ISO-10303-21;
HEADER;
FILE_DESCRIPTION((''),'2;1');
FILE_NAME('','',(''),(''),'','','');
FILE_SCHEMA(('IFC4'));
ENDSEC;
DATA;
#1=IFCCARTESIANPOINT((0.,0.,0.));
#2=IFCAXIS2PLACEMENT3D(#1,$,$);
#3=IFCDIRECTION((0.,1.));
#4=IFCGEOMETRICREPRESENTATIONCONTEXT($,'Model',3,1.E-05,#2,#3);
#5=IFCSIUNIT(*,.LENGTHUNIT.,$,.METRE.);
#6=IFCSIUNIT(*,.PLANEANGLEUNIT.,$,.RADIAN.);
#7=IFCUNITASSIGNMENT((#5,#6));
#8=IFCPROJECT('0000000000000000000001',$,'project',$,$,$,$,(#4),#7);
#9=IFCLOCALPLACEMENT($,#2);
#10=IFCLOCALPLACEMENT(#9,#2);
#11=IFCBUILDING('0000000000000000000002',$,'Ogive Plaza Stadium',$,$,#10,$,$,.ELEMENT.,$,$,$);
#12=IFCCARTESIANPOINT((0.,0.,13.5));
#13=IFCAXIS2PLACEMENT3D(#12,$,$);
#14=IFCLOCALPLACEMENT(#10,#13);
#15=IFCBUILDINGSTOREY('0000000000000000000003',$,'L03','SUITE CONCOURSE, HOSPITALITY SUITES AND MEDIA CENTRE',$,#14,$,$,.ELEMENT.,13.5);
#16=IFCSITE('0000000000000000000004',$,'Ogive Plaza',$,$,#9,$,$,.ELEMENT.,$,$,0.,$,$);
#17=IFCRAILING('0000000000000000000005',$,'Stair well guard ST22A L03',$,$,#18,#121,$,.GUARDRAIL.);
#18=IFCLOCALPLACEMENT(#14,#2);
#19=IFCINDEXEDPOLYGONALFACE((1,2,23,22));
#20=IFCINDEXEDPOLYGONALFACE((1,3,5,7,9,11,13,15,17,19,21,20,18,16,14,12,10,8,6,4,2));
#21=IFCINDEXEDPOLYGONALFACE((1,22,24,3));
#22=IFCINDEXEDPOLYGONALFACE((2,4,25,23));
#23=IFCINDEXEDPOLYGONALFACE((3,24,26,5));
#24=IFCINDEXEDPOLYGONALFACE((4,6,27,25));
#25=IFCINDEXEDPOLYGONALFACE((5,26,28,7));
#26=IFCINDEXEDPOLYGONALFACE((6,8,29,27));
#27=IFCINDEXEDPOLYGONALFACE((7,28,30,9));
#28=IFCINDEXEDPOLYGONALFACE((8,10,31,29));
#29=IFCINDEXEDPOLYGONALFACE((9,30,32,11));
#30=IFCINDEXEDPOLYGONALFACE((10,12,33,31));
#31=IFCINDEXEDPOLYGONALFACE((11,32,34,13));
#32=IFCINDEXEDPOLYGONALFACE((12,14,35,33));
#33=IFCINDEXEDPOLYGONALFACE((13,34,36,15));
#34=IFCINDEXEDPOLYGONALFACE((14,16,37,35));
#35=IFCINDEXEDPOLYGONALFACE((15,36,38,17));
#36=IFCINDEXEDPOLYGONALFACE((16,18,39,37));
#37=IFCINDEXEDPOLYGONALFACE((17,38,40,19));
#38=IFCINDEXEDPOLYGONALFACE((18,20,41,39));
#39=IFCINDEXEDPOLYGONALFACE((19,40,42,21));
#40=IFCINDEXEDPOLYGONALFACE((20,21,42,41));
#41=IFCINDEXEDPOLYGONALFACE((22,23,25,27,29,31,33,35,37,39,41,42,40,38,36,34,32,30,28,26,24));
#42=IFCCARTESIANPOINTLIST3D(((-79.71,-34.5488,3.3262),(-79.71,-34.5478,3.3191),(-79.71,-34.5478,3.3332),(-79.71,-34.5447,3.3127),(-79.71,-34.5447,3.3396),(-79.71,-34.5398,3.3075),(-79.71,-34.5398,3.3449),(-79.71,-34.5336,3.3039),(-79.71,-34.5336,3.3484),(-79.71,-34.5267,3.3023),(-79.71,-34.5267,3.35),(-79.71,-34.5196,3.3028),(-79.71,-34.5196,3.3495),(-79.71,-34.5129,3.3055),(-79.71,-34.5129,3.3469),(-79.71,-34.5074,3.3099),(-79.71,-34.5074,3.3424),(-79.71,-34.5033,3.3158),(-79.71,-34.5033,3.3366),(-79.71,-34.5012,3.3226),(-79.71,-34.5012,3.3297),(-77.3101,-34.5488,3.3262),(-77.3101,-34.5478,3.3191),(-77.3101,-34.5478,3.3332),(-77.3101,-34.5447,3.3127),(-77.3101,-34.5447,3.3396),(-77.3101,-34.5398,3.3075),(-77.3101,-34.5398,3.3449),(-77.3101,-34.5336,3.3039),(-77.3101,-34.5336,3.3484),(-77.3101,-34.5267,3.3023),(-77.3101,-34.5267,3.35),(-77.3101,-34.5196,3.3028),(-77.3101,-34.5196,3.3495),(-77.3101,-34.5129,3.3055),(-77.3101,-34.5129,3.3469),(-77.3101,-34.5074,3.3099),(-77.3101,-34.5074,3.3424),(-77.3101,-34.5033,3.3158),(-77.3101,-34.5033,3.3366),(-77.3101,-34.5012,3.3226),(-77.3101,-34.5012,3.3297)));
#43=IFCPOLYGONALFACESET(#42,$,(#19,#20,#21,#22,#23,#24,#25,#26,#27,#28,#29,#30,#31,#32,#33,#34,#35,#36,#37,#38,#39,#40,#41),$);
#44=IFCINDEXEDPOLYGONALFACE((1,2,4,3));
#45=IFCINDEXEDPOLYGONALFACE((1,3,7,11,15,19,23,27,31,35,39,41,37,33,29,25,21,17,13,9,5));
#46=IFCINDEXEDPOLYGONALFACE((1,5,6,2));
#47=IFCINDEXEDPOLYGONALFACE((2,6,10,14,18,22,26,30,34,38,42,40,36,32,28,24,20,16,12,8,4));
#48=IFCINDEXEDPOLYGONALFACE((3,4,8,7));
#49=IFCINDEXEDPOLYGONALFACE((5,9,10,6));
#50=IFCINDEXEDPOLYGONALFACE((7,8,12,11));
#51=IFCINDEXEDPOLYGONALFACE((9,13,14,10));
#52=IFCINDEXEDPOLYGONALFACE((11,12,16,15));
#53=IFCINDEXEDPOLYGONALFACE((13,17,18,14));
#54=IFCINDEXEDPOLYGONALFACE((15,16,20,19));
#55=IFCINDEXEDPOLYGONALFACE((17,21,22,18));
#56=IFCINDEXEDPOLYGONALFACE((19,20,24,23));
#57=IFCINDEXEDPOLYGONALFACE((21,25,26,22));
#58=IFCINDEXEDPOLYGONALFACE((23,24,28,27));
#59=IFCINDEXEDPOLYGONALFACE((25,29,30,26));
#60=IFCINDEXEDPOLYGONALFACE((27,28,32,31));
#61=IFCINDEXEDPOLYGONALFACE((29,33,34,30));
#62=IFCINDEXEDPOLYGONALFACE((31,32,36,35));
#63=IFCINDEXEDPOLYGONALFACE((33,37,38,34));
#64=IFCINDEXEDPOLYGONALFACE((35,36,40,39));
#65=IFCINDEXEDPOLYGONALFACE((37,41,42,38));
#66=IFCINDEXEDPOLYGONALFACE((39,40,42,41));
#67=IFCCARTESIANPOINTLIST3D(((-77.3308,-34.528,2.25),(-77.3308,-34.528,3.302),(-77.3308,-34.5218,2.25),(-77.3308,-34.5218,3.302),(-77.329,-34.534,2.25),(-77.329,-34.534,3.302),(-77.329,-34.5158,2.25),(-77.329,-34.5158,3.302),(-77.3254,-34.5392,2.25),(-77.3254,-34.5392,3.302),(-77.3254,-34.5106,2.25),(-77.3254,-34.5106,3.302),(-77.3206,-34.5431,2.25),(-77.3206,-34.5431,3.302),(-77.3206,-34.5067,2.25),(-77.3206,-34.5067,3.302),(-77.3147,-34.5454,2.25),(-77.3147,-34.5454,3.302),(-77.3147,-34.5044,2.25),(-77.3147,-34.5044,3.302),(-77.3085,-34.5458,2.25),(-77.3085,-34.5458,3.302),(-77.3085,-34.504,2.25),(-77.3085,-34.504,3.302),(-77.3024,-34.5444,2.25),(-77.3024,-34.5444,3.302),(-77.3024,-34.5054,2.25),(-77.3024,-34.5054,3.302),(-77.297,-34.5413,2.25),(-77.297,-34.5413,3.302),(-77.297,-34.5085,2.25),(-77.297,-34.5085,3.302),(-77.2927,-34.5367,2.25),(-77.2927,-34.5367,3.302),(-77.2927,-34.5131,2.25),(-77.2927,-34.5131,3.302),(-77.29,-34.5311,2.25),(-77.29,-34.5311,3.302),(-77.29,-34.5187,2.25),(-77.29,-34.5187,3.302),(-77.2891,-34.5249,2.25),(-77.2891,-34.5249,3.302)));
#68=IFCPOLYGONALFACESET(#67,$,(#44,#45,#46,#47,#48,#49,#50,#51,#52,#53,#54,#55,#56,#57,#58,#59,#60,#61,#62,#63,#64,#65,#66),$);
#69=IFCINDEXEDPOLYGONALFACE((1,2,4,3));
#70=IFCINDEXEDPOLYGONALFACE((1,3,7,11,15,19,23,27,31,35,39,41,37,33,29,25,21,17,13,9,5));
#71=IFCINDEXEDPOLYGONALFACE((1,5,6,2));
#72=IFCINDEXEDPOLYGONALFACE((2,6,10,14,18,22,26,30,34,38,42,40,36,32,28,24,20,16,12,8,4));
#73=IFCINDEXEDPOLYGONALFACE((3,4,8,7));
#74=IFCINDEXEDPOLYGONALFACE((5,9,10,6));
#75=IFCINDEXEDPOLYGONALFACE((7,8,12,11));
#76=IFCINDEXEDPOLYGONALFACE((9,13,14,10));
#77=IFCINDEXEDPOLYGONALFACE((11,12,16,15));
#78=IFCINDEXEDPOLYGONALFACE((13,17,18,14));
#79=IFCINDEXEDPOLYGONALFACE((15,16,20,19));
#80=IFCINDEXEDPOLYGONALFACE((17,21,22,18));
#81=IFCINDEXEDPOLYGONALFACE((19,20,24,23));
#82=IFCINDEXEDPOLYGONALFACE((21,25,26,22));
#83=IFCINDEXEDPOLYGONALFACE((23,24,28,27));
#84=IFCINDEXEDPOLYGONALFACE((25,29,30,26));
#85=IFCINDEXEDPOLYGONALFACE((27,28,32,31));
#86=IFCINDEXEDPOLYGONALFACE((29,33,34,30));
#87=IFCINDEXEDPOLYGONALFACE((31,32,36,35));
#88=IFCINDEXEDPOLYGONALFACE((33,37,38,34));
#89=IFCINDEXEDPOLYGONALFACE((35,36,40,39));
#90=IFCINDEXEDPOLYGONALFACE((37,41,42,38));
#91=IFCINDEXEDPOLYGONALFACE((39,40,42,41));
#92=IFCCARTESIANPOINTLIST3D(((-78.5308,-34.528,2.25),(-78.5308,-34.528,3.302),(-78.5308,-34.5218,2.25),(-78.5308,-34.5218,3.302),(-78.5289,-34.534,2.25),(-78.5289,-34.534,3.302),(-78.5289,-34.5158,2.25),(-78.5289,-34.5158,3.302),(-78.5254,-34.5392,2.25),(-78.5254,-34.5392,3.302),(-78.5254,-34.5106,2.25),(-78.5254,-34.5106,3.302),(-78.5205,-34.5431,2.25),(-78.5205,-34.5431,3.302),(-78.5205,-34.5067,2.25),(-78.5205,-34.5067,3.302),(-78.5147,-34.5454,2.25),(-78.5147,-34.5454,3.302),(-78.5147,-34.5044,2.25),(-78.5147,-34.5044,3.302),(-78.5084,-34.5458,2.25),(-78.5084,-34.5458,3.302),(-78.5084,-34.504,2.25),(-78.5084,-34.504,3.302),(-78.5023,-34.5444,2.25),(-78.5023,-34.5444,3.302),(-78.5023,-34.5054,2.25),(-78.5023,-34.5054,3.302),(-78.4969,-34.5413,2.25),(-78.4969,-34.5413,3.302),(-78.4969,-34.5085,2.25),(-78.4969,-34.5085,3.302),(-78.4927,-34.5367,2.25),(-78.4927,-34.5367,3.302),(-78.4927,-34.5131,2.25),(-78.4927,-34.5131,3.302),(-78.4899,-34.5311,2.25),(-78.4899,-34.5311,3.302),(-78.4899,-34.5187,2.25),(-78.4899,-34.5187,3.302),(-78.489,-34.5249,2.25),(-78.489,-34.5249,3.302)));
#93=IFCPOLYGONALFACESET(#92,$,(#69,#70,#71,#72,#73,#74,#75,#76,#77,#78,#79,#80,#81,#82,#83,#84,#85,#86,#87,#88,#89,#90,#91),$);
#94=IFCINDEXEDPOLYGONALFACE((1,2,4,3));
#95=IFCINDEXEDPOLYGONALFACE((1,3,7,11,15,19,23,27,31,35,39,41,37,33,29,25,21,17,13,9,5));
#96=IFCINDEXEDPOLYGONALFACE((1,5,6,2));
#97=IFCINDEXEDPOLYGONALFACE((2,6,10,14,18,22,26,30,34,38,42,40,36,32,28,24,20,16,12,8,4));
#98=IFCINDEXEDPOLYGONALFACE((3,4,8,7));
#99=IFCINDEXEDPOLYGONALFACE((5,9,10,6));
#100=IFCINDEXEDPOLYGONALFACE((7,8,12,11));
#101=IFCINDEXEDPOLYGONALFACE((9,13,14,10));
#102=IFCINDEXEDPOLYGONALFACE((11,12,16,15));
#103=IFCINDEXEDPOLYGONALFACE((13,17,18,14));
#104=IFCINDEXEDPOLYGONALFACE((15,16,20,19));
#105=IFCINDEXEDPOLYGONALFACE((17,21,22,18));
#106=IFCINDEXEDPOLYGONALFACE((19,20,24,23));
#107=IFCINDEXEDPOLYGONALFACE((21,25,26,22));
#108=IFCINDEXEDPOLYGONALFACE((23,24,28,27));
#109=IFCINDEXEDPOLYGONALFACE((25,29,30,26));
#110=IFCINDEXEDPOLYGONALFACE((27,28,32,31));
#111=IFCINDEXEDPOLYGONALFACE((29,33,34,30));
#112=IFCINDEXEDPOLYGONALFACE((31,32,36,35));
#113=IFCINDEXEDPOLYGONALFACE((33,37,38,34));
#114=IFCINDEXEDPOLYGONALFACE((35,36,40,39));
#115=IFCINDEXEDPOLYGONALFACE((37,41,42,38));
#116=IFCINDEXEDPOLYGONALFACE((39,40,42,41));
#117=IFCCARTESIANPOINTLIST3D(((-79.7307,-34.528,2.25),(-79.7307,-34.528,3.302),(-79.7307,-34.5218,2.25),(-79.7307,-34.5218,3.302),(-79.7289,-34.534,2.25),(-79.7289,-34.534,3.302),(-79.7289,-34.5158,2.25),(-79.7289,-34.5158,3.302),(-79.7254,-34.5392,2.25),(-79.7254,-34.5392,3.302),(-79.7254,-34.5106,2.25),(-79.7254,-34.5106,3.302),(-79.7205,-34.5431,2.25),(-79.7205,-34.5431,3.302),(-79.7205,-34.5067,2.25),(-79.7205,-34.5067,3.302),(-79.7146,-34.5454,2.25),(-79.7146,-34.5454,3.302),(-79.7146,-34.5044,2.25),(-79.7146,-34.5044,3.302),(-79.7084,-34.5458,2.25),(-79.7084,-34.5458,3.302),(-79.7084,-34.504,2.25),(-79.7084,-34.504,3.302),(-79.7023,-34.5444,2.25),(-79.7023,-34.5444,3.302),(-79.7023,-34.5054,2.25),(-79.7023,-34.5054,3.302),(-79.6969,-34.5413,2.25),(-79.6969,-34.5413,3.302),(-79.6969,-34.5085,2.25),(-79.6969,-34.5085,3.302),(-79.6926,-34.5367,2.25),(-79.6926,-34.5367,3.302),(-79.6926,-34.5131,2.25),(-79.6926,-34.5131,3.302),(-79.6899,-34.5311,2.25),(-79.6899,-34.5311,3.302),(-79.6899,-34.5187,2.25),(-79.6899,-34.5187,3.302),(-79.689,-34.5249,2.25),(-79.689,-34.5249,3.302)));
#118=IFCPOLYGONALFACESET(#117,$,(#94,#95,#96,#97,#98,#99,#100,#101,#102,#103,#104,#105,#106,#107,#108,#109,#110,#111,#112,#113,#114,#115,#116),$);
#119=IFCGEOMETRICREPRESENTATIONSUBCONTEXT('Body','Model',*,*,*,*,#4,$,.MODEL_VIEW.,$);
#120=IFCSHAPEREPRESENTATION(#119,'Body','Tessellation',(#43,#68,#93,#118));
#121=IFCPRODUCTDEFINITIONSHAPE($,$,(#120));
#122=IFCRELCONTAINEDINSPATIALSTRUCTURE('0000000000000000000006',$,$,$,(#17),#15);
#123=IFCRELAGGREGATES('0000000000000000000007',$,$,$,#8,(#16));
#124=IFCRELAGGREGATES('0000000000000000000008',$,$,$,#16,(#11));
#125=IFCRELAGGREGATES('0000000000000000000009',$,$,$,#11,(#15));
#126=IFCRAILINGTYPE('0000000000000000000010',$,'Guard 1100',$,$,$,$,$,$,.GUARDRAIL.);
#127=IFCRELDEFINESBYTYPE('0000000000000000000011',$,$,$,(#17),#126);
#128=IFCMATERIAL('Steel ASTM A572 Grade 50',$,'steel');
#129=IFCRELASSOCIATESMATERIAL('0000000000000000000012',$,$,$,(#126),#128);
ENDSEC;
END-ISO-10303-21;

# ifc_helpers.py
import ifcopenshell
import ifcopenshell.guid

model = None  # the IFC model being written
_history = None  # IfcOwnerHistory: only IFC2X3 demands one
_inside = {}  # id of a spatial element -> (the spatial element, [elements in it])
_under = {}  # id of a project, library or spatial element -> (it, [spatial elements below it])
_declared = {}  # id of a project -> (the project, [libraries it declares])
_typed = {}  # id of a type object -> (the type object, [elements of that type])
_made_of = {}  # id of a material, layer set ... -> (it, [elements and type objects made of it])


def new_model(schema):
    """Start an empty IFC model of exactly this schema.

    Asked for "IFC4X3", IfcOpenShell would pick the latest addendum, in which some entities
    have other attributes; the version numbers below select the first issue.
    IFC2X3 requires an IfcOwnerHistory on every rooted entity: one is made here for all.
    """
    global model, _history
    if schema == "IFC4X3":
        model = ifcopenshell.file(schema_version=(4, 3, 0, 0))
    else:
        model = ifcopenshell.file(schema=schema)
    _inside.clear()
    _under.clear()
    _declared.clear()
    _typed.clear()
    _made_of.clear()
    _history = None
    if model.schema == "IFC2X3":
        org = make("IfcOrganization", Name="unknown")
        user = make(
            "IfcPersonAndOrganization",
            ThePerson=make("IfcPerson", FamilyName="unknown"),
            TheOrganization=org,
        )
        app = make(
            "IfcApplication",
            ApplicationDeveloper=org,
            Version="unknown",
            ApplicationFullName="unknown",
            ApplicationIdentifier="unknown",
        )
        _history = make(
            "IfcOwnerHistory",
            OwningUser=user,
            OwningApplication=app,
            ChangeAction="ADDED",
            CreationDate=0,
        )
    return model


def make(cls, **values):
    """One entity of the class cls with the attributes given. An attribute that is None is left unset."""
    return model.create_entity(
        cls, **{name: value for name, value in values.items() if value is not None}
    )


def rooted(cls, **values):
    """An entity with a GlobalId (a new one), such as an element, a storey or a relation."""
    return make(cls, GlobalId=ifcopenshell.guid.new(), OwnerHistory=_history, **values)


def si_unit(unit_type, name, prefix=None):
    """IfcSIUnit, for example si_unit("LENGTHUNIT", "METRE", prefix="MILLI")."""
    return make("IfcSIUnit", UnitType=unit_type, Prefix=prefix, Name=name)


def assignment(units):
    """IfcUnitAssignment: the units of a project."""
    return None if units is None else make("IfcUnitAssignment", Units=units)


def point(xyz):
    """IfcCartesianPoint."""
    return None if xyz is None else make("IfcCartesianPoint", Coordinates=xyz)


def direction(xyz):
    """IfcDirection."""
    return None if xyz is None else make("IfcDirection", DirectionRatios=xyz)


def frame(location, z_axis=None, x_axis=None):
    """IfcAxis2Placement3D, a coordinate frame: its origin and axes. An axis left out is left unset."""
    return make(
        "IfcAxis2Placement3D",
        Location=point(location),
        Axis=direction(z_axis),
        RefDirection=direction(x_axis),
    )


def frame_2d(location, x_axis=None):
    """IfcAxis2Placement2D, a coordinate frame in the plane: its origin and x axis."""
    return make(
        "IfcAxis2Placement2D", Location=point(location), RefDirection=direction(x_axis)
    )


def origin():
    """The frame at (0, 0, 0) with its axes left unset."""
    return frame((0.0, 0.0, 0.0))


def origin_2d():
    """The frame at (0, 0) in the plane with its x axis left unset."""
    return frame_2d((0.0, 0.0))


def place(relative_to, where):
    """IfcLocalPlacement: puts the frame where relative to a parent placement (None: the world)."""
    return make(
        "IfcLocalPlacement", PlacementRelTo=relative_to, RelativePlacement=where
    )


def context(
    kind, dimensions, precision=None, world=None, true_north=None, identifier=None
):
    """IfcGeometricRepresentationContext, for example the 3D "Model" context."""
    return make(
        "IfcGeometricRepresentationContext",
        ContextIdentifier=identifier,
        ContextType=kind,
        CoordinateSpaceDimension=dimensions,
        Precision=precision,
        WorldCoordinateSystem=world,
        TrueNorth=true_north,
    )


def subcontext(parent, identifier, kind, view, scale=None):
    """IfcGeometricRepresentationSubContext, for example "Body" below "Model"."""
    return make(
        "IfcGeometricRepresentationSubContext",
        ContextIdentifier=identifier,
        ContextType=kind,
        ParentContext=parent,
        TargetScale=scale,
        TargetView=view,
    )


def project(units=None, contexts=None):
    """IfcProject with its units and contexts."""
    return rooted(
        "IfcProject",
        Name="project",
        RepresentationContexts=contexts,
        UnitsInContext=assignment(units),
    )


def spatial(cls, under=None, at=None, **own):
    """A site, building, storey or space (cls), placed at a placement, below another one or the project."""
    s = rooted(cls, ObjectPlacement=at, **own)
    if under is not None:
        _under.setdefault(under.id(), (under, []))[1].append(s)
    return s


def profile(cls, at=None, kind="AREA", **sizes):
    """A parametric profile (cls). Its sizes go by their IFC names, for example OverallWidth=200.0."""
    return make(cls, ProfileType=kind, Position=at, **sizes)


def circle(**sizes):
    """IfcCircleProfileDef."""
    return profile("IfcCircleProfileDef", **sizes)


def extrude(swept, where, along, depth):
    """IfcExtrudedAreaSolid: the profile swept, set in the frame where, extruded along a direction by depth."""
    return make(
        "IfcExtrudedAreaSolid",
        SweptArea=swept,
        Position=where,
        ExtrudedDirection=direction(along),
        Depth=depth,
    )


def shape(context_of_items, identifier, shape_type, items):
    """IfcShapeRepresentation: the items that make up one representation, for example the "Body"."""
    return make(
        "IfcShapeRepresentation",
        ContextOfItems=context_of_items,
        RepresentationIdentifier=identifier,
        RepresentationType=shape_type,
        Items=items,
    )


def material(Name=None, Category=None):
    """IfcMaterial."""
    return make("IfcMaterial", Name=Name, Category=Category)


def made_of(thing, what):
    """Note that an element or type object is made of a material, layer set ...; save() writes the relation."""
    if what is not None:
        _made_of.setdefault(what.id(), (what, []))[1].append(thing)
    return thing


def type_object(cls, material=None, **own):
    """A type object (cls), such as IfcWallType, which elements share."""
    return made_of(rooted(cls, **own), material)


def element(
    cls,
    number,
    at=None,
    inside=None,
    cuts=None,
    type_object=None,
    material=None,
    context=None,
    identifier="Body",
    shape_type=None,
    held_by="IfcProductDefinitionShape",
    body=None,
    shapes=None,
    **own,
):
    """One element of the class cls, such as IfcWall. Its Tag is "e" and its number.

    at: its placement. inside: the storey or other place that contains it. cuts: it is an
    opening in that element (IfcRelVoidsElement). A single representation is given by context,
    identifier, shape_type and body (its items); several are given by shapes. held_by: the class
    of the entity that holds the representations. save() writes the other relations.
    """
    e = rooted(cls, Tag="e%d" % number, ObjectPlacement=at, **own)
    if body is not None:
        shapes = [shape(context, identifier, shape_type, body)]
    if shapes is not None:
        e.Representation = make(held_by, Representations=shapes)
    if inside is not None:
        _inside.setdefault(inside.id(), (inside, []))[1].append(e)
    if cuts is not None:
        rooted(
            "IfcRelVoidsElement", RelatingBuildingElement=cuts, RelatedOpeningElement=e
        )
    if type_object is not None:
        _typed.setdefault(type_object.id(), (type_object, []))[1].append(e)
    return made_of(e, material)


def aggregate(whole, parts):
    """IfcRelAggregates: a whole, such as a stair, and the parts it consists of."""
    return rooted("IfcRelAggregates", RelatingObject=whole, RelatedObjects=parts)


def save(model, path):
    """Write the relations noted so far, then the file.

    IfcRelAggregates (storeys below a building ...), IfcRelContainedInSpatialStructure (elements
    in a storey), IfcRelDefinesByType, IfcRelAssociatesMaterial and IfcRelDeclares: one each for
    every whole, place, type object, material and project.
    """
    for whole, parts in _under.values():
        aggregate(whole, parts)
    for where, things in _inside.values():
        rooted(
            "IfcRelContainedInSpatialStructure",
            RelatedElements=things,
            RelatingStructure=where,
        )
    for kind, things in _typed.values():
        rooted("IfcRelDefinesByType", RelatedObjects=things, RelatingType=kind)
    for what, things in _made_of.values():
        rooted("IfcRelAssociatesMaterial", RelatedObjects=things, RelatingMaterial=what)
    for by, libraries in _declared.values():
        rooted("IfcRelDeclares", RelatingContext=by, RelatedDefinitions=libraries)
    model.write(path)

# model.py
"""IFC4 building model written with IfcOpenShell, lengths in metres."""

from ifc_helpers import new_model, si_unit, direction, frame, origin, origin_2d, place, context, subcontext, project, spatial, circle, extrude, material, type_object, element, save


model = new_model("IFC4")

# Units and contexts
model_context = context("Model", 3, precision=1e-05, world=origin(), true_north=direction((0.0, 1.0)))
body_context = subcontext(model_context, "Body", "Model", "MODEL_VIEW")
ifc_project = project(units=[si_unit("LENGTHUNIT", "METRE"), si_unit("PLANEANGLEUNIT", "RADIAN")], contexts=[model_context])

# Site, building, storey
site_placement = place(None, origin())
site = spatial("IfcSite", under=ifc_project, at=site_placement, Name="Ogive Plaza", CompositionType="ELEMENT", RefElevation=0.0)
building_placement = place(site_placement, origin())
building = spatial("IfcBuilding", under=site, at=building_placement, Name="Ogive Plaza Stadium", CompositionType="ELEMENT")
storey_placement = place(building_placement, frame((0.0, 0.0, 13.5)))
storey = spatial("IfcBuildingStorey", under=building, at=storey_placement, Name="L03", Description="SUITE CONCOURSE, HOSPITALITY SUITES AND MEDIA CENTRE", CompositionType="ELEMENT", Elevation=13.5)

# Railing
ifc_material_1 = material(Name="Steel ASTM A572 Grade 50", Category="steel")
railing_type_1 = type_object("IfcRailingType", Name="Guard 1100", PredefinedType="GUARDRAIL", material=ifc_material_1)
for number, where, name in (
    (1, (-77.3101, -34.5249, 2.25), "Stair well guard ST22A L03"),
):
    element("IfcRailing", number, at=place(storey_placement, frame(where)), inside=storey, type_object=railing_type_1, Name=name, PredefinedType="GUARDRAIL", context=body_context, shape_type="SweptSolid", body=[
        extrude(circle(Radius=0.0239, at=origin_2d()), frame((0.0, 0.0, 1.0762), z_axis=(-1.0, 0.0, 0.0), x_axis=(0.0, -1.0, 0.0)), (0.0, 0.0, 1.0), 2.3999),
        extrude(circle(Radius=0.021, at=origin_2d()), origin(), (0.0, 0.0, 1.0), 1.052),
        extrude(circle(Radius=0.021, at=origin_2d()), frame((-1.2, 0.0, 0.0)), (0.0, 0.0, 1.0), 1.052),
        extrude(circle(Radius=0.021, at=origin_2d()), frame((-2.3999, 0.0, 0.0)), (0.0, 0.0, 1.0), 1.052),
    ])

save(model, "model.ifc")
